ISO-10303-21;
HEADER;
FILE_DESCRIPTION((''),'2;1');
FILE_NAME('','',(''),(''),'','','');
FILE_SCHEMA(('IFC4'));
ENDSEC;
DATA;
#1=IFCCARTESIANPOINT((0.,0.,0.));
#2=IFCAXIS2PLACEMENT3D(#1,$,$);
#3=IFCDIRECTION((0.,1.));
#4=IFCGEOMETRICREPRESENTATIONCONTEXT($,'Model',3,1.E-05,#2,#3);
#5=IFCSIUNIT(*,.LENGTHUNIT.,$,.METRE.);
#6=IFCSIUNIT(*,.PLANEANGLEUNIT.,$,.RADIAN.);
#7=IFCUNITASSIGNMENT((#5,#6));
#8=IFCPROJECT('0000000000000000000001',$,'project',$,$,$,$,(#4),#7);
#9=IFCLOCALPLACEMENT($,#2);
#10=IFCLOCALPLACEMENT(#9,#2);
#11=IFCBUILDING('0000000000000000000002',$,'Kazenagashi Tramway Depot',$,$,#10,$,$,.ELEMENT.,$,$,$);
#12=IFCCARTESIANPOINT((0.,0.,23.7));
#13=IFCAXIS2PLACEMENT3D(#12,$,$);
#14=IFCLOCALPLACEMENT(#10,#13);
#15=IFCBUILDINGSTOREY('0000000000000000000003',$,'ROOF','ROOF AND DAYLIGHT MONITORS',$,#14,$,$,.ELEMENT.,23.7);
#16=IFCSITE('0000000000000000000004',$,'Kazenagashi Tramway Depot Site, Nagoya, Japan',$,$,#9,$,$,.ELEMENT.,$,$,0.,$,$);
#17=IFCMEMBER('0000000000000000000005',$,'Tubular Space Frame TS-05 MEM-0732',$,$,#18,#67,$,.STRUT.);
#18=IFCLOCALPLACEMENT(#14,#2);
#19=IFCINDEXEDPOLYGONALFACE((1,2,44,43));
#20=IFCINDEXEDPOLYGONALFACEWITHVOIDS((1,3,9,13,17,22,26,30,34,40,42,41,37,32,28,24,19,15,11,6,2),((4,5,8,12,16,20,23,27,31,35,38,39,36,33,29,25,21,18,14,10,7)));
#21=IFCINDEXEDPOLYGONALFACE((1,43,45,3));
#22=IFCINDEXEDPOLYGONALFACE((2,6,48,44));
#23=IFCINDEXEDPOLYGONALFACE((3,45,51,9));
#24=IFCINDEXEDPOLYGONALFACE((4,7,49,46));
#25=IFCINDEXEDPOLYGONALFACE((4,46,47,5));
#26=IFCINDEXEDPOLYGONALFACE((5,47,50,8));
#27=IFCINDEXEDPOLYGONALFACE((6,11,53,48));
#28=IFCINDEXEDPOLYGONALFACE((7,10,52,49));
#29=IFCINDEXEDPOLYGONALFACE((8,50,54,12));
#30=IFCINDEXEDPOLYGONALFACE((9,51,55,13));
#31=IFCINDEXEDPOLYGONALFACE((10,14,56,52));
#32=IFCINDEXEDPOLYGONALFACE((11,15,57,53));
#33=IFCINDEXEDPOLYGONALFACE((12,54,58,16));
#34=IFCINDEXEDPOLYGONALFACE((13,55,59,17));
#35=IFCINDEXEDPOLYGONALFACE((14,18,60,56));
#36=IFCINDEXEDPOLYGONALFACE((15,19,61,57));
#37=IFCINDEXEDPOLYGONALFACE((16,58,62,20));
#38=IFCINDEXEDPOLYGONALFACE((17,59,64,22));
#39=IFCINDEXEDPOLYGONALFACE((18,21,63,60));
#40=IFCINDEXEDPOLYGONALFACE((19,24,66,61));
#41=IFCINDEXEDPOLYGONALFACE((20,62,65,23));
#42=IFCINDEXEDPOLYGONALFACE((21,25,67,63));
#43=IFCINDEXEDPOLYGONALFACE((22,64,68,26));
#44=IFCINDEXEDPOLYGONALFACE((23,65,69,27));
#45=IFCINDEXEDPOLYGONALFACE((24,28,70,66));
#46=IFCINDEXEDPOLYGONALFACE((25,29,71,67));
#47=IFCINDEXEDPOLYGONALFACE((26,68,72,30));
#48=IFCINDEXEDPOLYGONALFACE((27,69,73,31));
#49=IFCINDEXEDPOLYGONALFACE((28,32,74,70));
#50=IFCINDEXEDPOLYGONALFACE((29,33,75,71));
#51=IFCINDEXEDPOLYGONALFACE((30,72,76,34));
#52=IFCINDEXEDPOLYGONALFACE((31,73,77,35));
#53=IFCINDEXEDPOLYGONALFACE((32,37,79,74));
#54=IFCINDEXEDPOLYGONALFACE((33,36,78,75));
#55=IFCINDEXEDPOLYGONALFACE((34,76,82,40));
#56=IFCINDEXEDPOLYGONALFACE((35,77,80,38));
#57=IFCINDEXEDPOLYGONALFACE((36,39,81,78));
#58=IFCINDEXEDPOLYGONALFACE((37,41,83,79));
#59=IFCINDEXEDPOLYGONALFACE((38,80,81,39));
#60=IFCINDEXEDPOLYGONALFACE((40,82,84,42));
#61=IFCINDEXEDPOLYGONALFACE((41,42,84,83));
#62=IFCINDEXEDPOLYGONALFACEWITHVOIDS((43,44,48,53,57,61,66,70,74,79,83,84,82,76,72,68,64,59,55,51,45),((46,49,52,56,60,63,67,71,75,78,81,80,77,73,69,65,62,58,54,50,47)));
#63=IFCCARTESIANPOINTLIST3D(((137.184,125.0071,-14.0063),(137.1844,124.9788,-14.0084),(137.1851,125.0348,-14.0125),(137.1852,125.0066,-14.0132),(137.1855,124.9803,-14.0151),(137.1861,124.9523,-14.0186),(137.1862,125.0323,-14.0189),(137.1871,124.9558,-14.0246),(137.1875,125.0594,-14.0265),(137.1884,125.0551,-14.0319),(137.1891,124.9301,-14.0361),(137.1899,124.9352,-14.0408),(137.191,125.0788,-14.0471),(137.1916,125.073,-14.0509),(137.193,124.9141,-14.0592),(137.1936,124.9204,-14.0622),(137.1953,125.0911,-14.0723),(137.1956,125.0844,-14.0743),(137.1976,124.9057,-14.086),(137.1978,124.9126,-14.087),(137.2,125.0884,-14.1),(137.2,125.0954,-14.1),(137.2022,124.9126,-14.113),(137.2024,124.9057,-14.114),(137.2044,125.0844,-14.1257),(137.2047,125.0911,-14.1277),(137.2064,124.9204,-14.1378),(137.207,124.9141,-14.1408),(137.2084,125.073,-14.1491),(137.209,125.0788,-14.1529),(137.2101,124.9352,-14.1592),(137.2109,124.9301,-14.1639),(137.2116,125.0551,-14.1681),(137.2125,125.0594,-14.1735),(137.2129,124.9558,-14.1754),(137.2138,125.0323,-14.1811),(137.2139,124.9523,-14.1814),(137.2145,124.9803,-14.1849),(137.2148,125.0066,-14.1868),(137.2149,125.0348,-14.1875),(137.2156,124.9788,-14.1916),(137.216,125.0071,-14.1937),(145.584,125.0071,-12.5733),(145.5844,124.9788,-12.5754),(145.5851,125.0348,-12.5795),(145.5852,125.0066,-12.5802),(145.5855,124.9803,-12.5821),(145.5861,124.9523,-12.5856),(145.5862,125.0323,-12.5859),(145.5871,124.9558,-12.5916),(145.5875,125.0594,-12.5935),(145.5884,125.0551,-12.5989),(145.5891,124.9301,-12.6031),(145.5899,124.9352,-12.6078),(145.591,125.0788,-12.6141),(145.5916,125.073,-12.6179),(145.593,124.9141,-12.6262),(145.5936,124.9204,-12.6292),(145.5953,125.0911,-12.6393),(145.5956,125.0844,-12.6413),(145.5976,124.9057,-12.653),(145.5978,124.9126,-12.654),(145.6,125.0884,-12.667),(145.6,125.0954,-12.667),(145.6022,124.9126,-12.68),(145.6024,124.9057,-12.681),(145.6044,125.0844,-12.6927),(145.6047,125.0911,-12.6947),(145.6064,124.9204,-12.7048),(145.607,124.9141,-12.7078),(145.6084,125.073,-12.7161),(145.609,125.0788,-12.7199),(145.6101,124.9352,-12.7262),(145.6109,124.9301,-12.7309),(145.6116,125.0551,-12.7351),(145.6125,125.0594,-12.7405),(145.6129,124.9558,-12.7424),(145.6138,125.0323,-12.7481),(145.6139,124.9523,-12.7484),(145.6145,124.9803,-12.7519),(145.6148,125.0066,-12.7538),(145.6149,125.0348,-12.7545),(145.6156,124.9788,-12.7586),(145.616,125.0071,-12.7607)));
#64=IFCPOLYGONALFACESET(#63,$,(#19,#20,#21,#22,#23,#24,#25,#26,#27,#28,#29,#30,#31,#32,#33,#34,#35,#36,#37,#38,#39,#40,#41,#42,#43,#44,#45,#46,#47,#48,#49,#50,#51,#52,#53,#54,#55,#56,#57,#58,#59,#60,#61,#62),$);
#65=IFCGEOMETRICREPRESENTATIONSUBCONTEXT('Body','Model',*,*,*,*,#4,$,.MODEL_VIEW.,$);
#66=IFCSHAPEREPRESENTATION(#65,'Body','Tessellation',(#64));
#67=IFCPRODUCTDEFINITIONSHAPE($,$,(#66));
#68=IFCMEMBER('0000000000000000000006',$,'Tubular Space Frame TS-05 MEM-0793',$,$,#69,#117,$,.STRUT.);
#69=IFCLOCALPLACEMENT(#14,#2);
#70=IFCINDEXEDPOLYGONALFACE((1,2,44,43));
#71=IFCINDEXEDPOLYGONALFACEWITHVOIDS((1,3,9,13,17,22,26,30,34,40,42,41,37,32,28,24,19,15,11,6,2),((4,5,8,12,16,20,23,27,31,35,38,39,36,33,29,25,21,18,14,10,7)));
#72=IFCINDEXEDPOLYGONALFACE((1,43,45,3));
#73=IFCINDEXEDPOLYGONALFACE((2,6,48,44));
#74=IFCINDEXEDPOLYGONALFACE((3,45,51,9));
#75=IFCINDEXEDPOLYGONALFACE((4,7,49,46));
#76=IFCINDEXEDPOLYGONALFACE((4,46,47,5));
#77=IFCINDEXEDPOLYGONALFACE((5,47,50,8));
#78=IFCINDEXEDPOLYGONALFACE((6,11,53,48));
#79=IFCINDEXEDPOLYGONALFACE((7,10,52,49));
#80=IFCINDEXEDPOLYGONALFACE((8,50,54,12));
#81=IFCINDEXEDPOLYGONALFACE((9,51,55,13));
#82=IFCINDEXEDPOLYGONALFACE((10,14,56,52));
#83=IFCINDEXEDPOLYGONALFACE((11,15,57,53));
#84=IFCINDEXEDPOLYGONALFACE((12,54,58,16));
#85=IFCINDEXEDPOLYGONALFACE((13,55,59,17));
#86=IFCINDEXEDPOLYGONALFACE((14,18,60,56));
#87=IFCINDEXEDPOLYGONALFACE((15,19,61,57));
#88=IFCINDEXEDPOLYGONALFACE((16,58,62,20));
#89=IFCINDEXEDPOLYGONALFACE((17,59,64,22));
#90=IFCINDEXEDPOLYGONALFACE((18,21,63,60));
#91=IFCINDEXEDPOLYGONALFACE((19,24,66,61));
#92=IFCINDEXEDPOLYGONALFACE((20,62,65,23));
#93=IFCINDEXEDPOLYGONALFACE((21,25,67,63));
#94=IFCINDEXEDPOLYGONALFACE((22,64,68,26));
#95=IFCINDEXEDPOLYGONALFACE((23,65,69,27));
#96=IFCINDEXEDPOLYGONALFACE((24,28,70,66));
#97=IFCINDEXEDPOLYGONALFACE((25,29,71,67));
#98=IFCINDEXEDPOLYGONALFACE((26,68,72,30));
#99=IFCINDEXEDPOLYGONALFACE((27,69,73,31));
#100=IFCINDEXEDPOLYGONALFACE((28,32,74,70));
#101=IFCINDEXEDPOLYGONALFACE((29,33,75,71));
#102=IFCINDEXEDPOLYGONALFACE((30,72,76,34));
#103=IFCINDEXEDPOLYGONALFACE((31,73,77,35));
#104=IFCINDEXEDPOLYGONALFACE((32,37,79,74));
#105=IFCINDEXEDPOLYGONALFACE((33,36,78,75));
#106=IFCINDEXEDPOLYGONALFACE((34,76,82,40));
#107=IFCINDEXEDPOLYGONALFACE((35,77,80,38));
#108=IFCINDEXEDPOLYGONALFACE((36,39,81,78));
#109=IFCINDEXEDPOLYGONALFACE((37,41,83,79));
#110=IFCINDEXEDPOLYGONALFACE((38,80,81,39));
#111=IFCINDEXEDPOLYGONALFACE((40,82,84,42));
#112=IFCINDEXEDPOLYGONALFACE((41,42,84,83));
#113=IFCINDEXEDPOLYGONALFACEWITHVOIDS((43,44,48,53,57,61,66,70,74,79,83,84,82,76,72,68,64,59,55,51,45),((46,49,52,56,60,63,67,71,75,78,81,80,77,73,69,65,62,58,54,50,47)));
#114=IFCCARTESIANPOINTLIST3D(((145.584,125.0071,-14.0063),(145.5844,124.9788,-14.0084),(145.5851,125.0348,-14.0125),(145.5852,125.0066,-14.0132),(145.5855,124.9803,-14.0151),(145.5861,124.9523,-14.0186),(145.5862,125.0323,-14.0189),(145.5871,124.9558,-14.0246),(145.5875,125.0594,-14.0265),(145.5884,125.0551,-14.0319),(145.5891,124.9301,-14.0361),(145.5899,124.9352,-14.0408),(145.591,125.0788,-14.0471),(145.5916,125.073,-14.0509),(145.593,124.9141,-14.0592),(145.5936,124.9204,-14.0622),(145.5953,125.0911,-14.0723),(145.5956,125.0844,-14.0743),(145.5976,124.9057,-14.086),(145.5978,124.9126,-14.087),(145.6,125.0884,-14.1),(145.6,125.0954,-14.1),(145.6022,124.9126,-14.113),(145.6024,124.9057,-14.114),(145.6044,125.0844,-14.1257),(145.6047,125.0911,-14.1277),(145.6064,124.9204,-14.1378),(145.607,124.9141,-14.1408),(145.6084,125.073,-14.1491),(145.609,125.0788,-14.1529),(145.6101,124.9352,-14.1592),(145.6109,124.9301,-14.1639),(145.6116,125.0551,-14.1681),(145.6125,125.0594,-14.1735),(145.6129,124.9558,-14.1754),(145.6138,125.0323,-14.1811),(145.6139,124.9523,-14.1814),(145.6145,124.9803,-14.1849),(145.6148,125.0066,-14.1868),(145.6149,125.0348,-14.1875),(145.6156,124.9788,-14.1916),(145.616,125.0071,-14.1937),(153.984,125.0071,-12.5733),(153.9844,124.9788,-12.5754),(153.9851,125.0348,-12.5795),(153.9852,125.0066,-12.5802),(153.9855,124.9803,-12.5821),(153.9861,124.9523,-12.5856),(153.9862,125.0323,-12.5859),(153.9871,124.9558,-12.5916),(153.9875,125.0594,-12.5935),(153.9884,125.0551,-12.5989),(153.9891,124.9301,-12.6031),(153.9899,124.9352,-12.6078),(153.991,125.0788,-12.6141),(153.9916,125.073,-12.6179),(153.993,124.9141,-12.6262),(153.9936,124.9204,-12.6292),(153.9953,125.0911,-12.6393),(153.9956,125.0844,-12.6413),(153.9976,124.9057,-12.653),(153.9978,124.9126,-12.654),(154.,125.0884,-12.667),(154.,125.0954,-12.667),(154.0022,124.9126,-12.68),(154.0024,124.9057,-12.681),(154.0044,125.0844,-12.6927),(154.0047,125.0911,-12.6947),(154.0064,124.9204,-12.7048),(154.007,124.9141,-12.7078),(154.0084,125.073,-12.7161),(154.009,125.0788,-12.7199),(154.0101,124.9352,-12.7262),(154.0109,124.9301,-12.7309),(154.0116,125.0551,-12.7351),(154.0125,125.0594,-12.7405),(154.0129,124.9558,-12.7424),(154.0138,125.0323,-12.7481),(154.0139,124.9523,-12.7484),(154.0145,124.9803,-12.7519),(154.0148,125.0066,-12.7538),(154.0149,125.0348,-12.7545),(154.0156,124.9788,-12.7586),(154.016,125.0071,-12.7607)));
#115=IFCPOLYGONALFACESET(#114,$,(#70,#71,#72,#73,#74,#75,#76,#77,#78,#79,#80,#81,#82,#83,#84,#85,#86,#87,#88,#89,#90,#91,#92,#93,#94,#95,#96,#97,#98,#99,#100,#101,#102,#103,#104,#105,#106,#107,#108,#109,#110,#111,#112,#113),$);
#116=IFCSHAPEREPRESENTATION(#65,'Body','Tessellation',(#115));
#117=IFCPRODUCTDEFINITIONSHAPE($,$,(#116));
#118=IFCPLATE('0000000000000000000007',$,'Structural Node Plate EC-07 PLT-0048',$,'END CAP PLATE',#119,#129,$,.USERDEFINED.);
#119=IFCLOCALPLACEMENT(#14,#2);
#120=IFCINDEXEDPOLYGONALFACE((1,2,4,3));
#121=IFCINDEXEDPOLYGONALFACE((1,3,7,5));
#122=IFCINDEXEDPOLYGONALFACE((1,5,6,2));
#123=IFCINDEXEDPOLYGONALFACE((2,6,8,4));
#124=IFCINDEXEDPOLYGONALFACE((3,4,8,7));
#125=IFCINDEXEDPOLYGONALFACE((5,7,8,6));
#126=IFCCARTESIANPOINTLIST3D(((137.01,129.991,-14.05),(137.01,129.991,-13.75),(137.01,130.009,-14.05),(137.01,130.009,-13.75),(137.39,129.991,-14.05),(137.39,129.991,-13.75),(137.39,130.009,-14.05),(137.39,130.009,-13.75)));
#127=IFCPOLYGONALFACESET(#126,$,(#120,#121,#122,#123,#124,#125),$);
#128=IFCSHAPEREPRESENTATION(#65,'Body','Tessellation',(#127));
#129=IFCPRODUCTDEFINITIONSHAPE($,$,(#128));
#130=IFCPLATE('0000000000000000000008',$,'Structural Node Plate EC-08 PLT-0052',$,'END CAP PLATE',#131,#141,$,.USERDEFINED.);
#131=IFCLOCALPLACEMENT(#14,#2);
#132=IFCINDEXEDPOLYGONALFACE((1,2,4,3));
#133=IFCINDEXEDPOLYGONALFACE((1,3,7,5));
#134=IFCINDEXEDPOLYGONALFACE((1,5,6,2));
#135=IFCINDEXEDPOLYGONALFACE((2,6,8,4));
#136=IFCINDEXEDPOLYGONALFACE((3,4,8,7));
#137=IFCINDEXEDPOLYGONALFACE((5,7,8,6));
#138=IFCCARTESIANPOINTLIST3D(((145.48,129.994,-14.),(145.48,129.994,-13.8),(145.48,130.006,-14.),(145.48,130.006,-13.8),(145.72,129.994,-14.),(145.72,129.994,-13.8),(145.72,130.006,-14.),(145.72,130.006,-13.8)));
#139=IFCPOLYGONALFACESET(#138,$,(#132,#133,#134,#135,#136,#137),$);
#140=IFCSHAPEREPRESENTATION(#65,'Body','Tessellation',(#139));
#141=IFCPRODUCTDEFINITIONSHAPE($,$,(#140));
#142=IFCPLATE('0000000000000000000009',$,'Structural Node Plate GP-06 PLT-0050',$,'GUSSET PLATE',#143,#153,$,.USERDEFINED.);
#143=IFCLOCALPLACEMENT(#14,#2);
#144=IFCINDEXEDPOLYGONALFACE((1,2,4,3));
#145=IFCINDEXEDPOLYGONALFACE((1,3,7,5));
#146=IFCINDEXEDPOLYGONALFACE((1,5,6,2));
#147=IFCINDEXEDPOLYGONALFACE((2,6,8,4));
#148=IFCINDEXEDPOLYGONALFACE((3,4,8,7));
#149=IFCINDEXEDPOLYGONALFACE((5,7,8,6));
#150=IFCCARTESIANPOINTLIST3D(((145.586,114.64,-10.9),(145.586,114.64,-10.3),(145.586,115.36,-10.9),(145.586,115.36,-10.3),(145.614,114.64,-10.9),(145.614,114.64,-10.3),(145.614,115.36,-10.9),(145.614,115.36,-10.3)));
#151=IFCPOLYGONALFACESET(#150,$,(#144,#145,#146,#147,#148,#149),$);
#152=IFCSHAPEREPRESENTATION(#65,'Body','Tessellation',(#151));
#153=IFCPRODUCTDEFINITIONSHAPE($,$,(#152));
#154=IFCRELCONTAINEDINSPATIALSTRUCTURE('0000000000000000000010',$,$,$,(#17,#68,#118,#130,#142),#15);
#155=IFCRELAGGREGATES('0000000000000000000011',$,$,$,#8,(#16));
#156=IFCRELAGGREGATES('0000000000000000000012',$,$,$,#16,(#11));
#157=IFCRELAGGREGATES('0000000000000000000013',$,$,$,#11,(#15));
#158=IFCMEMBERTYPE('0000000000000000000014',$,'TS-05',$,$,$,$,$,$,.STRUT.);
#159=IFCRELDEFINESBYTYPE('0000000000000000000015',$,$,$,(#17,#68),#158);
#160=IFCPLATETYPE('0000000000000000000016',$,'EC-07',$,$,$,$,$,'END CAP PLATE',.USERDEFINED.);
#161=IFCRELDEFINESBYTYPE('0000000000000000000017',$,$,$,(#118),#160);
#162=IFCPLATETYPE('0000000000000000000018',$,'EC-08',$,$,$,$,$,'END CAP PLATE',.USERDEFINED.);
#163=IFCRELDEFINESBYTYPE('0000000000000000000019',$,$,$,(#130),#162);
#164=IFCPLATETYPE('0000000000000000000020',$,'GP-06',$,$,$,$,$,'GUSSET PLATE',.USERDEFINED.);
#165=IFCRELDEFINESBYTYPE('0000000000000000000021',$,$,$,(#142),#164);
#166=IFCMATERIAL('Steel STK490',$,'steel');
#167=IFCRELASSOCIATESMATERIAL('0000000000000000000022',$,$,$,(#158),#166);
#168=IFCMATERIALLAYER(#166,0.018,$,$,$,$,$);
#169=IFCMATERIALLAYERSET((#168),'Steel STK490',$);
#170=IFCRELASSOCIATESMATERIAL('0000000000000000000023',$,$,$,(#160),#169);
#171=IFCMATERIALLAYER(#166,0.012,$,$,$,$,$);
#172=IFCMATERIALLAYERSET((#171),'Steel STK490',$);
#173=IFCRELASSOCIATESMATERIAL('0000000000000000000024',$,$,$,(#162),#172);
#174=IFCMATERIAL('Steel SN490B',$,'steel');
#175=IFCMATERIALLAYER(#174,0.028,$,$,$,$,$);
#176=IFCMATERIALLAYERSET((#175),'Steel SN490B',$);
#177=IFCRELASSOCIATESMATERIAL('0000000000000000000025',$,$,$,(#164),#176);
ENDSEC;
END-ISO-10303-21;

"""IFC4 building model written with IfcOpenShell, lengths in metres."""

from ifc_helpers import new_model, si_unit, direction, frame, origin, origin_2d, place, context, subcontext, project, spatial, rectangle, hollow_circle, extrude, material, layer, layer_set, material_profile, profile_set, type_object, element, save


model = new_model("IFC4")

# Units and contexts
model_context = context("Model", 3, precision=1e-05, world=origin(), true_north=direction((0.0, 1.0)))
body_context = subcontext(model_context, "Body", "Model", "MODEL_VIEW")
ifc_project = project(units=[si_unit("LENGTHUNIT", "METRE"), si_unit("PLANEANGLEUNIT", "RADIAN")], contexts=[model_context])

# Site, building, storey
site_placement = place(None, origin())
site = spatial("IfcSite", under=ifc_project, at=site_placement, Name="Kazenagashi Tramway Depot Site, Nagoya, Japan", CompositionType="ELEMENT", RefElevation=0.0)
building_placement = place(site_placement, origin())
building = spatial("IfcBuilding", under=site, at=building_placement, Name="Kazenagashi Tramway Depot", CompositionType="ELEMENT")
storey_placement = place(building_placement, frame((0.0, 0.0, 23.7)))
storey = spatial("IfcBuildingStorey", under=building, at=storey_placement, Name="ROOF", Description="ROOF AND DAYLIGHT MONITORS", CompositionType="ELEMENT", Elevation=23.7)

# Members
ifc_material_1 = material(Name="Steel STK490", Category="steel")
ifc_material_profile_1 = material_profile(ifc_material_1, hollow_circle(Radius=0.0954, WallThickness=0.007, at=origin_2d()), Name="CHS-190.7x7.0")
ifc_profile_set_1 = profile_set([ifc_material_profile_1], Name="Steel STK490")
member_type_1 = type_object("IfcMemberType", Name="TS-05", PredefinedType="STRUT", material=ifc_profile_set_1)
for number, where, z_axis, x_axis, name in (
    (1, (137.2, 125.0, -14.1), (0.985759, 0.0, 0.168166), (0.0, 1.0, 0.0), "Tubular Space Frame TS-05 MEM-0732"),
    (2, (145.6, 125.0, -14.1), (0.985759, 0.0, 0.168166), (0.0, 1.0, 0.0), "Tubular Space Frame TS-05 MEM-0793"),
):
    element("IfcMember", number, at=place(storey_placement, frame(where, z_axis=z_axis, x_axis=x_axis)), inside=storey, type_object=member_type_1, Name=name, PredefinedType="STRUT", context=body_context, shape_type="SweptSolid", body=[
        extrude(hollow_circle(Radius=0.0954, WallThickness=0.007, at=origin_2d()), origin(), (0.0, 0.0, 1.0), 8.5214),
    ])

# Plates
ifc_layer_1 = layer(ifc_material_1, 0.018)
ifc_layer_set_1 = layer_set([ifc_layer_1], Name="Steel STK490")
plate_type_1 = type_object("IfcPlateType", Name="EC-07", ElementType="END CAP PLATE", PredefinedType="USERDEFINED", material=ifc_layer_set_1)
plate_1_placement = place(storey_placement, frame((137.2, 130.0, -14.05), z_axis=(0.0, 0.0, 1.0), x_axis=(1.0, 0.0, 0.0)))
element("IfcPlate", 3, at=plate_1_placement, inside=storey, type_object=plate_type_1, Name="Structural Node Plate EC-07 PLT-0048", ObjectType="END CAP PLATE", PredefinedType="USERDEFINED", context=body_context, shape_type="SweptSolid", body=[
    extrude(rectangle(XDim=0.38, YDim=0.018, at=origin_2d()), origin(), (0.0, 0.0, 1.0), 0.3),
])
ifc_layer_2 = layer(ifc_material_1, 0.012)
ifc_layer_set_2 = layer_set([ifc_layer_2], Name="Steel STK490")
plate_type_2 = type_object("IfcPlateType", Name="EC-08", ElementType="END CAP PLATE", PredefinedType="USERDEFINED", material=ifc_layer_set_2)
plate_2_placement = place(storey_placement, frame((145.6, 130.0, -14.0), z_axis=(0.0, 0.0, 1.0), x_axis=(1.0, 0.0, 0.0)))
element("IfcPlate", 4, at=plate_2_placement, inside=storey, type_object=plate_type_2, Name="Structural Node Plate EC-08 PLT-0052", ObjectType="END CAP PLATE", PredefinedType="USERDEFINED", context=body_context, shape_type="SweptSolid", body=[
    extrude(rectangle(XDim=0.24, YDim=0.012, at=origin_2d()), origin(), (0.0, 0.0, 1.0), 0.2),
])
ifc_material_2 = material(Name="Steel SN490B", Category="steel")
ifc_layer_3 = layer(ifc_material_2, 0.028)
ifc_layer_set_3 = layer_set([ifc_layer_3], Name="Steel SN490B")
plate_type_3 = type_object("IfcPlateType", Name="GP-06", ElementType="GUSSET PLATE", PredefinedType="USERDEFINED", material=ifc_layer_set_3)
plate_3_placement = place(storey_placement, frame((145.6, 115.0, -10.9), z_axis=(0.0, 0.0, 1.0), x_axis=(0.0, 1.0, 0.0)))
element("IfcPlate", 5, at=plate_3_placement, inside=storey, type_object=plate_type_3, Name="Structural Node Plate GP-06 PLT-0050", ObjectType="GUSSET PLATE", PredefinedType="USERDEFINED", context=body_context, shape_type="SweptSolid", body=[
    extrude(rectangle(XDim=0.72, YDim=0.028, at=origin_2d()), origin(), (0.0, 0.0, 1.0), 0.6),
])

save(model, "model.ifc")
